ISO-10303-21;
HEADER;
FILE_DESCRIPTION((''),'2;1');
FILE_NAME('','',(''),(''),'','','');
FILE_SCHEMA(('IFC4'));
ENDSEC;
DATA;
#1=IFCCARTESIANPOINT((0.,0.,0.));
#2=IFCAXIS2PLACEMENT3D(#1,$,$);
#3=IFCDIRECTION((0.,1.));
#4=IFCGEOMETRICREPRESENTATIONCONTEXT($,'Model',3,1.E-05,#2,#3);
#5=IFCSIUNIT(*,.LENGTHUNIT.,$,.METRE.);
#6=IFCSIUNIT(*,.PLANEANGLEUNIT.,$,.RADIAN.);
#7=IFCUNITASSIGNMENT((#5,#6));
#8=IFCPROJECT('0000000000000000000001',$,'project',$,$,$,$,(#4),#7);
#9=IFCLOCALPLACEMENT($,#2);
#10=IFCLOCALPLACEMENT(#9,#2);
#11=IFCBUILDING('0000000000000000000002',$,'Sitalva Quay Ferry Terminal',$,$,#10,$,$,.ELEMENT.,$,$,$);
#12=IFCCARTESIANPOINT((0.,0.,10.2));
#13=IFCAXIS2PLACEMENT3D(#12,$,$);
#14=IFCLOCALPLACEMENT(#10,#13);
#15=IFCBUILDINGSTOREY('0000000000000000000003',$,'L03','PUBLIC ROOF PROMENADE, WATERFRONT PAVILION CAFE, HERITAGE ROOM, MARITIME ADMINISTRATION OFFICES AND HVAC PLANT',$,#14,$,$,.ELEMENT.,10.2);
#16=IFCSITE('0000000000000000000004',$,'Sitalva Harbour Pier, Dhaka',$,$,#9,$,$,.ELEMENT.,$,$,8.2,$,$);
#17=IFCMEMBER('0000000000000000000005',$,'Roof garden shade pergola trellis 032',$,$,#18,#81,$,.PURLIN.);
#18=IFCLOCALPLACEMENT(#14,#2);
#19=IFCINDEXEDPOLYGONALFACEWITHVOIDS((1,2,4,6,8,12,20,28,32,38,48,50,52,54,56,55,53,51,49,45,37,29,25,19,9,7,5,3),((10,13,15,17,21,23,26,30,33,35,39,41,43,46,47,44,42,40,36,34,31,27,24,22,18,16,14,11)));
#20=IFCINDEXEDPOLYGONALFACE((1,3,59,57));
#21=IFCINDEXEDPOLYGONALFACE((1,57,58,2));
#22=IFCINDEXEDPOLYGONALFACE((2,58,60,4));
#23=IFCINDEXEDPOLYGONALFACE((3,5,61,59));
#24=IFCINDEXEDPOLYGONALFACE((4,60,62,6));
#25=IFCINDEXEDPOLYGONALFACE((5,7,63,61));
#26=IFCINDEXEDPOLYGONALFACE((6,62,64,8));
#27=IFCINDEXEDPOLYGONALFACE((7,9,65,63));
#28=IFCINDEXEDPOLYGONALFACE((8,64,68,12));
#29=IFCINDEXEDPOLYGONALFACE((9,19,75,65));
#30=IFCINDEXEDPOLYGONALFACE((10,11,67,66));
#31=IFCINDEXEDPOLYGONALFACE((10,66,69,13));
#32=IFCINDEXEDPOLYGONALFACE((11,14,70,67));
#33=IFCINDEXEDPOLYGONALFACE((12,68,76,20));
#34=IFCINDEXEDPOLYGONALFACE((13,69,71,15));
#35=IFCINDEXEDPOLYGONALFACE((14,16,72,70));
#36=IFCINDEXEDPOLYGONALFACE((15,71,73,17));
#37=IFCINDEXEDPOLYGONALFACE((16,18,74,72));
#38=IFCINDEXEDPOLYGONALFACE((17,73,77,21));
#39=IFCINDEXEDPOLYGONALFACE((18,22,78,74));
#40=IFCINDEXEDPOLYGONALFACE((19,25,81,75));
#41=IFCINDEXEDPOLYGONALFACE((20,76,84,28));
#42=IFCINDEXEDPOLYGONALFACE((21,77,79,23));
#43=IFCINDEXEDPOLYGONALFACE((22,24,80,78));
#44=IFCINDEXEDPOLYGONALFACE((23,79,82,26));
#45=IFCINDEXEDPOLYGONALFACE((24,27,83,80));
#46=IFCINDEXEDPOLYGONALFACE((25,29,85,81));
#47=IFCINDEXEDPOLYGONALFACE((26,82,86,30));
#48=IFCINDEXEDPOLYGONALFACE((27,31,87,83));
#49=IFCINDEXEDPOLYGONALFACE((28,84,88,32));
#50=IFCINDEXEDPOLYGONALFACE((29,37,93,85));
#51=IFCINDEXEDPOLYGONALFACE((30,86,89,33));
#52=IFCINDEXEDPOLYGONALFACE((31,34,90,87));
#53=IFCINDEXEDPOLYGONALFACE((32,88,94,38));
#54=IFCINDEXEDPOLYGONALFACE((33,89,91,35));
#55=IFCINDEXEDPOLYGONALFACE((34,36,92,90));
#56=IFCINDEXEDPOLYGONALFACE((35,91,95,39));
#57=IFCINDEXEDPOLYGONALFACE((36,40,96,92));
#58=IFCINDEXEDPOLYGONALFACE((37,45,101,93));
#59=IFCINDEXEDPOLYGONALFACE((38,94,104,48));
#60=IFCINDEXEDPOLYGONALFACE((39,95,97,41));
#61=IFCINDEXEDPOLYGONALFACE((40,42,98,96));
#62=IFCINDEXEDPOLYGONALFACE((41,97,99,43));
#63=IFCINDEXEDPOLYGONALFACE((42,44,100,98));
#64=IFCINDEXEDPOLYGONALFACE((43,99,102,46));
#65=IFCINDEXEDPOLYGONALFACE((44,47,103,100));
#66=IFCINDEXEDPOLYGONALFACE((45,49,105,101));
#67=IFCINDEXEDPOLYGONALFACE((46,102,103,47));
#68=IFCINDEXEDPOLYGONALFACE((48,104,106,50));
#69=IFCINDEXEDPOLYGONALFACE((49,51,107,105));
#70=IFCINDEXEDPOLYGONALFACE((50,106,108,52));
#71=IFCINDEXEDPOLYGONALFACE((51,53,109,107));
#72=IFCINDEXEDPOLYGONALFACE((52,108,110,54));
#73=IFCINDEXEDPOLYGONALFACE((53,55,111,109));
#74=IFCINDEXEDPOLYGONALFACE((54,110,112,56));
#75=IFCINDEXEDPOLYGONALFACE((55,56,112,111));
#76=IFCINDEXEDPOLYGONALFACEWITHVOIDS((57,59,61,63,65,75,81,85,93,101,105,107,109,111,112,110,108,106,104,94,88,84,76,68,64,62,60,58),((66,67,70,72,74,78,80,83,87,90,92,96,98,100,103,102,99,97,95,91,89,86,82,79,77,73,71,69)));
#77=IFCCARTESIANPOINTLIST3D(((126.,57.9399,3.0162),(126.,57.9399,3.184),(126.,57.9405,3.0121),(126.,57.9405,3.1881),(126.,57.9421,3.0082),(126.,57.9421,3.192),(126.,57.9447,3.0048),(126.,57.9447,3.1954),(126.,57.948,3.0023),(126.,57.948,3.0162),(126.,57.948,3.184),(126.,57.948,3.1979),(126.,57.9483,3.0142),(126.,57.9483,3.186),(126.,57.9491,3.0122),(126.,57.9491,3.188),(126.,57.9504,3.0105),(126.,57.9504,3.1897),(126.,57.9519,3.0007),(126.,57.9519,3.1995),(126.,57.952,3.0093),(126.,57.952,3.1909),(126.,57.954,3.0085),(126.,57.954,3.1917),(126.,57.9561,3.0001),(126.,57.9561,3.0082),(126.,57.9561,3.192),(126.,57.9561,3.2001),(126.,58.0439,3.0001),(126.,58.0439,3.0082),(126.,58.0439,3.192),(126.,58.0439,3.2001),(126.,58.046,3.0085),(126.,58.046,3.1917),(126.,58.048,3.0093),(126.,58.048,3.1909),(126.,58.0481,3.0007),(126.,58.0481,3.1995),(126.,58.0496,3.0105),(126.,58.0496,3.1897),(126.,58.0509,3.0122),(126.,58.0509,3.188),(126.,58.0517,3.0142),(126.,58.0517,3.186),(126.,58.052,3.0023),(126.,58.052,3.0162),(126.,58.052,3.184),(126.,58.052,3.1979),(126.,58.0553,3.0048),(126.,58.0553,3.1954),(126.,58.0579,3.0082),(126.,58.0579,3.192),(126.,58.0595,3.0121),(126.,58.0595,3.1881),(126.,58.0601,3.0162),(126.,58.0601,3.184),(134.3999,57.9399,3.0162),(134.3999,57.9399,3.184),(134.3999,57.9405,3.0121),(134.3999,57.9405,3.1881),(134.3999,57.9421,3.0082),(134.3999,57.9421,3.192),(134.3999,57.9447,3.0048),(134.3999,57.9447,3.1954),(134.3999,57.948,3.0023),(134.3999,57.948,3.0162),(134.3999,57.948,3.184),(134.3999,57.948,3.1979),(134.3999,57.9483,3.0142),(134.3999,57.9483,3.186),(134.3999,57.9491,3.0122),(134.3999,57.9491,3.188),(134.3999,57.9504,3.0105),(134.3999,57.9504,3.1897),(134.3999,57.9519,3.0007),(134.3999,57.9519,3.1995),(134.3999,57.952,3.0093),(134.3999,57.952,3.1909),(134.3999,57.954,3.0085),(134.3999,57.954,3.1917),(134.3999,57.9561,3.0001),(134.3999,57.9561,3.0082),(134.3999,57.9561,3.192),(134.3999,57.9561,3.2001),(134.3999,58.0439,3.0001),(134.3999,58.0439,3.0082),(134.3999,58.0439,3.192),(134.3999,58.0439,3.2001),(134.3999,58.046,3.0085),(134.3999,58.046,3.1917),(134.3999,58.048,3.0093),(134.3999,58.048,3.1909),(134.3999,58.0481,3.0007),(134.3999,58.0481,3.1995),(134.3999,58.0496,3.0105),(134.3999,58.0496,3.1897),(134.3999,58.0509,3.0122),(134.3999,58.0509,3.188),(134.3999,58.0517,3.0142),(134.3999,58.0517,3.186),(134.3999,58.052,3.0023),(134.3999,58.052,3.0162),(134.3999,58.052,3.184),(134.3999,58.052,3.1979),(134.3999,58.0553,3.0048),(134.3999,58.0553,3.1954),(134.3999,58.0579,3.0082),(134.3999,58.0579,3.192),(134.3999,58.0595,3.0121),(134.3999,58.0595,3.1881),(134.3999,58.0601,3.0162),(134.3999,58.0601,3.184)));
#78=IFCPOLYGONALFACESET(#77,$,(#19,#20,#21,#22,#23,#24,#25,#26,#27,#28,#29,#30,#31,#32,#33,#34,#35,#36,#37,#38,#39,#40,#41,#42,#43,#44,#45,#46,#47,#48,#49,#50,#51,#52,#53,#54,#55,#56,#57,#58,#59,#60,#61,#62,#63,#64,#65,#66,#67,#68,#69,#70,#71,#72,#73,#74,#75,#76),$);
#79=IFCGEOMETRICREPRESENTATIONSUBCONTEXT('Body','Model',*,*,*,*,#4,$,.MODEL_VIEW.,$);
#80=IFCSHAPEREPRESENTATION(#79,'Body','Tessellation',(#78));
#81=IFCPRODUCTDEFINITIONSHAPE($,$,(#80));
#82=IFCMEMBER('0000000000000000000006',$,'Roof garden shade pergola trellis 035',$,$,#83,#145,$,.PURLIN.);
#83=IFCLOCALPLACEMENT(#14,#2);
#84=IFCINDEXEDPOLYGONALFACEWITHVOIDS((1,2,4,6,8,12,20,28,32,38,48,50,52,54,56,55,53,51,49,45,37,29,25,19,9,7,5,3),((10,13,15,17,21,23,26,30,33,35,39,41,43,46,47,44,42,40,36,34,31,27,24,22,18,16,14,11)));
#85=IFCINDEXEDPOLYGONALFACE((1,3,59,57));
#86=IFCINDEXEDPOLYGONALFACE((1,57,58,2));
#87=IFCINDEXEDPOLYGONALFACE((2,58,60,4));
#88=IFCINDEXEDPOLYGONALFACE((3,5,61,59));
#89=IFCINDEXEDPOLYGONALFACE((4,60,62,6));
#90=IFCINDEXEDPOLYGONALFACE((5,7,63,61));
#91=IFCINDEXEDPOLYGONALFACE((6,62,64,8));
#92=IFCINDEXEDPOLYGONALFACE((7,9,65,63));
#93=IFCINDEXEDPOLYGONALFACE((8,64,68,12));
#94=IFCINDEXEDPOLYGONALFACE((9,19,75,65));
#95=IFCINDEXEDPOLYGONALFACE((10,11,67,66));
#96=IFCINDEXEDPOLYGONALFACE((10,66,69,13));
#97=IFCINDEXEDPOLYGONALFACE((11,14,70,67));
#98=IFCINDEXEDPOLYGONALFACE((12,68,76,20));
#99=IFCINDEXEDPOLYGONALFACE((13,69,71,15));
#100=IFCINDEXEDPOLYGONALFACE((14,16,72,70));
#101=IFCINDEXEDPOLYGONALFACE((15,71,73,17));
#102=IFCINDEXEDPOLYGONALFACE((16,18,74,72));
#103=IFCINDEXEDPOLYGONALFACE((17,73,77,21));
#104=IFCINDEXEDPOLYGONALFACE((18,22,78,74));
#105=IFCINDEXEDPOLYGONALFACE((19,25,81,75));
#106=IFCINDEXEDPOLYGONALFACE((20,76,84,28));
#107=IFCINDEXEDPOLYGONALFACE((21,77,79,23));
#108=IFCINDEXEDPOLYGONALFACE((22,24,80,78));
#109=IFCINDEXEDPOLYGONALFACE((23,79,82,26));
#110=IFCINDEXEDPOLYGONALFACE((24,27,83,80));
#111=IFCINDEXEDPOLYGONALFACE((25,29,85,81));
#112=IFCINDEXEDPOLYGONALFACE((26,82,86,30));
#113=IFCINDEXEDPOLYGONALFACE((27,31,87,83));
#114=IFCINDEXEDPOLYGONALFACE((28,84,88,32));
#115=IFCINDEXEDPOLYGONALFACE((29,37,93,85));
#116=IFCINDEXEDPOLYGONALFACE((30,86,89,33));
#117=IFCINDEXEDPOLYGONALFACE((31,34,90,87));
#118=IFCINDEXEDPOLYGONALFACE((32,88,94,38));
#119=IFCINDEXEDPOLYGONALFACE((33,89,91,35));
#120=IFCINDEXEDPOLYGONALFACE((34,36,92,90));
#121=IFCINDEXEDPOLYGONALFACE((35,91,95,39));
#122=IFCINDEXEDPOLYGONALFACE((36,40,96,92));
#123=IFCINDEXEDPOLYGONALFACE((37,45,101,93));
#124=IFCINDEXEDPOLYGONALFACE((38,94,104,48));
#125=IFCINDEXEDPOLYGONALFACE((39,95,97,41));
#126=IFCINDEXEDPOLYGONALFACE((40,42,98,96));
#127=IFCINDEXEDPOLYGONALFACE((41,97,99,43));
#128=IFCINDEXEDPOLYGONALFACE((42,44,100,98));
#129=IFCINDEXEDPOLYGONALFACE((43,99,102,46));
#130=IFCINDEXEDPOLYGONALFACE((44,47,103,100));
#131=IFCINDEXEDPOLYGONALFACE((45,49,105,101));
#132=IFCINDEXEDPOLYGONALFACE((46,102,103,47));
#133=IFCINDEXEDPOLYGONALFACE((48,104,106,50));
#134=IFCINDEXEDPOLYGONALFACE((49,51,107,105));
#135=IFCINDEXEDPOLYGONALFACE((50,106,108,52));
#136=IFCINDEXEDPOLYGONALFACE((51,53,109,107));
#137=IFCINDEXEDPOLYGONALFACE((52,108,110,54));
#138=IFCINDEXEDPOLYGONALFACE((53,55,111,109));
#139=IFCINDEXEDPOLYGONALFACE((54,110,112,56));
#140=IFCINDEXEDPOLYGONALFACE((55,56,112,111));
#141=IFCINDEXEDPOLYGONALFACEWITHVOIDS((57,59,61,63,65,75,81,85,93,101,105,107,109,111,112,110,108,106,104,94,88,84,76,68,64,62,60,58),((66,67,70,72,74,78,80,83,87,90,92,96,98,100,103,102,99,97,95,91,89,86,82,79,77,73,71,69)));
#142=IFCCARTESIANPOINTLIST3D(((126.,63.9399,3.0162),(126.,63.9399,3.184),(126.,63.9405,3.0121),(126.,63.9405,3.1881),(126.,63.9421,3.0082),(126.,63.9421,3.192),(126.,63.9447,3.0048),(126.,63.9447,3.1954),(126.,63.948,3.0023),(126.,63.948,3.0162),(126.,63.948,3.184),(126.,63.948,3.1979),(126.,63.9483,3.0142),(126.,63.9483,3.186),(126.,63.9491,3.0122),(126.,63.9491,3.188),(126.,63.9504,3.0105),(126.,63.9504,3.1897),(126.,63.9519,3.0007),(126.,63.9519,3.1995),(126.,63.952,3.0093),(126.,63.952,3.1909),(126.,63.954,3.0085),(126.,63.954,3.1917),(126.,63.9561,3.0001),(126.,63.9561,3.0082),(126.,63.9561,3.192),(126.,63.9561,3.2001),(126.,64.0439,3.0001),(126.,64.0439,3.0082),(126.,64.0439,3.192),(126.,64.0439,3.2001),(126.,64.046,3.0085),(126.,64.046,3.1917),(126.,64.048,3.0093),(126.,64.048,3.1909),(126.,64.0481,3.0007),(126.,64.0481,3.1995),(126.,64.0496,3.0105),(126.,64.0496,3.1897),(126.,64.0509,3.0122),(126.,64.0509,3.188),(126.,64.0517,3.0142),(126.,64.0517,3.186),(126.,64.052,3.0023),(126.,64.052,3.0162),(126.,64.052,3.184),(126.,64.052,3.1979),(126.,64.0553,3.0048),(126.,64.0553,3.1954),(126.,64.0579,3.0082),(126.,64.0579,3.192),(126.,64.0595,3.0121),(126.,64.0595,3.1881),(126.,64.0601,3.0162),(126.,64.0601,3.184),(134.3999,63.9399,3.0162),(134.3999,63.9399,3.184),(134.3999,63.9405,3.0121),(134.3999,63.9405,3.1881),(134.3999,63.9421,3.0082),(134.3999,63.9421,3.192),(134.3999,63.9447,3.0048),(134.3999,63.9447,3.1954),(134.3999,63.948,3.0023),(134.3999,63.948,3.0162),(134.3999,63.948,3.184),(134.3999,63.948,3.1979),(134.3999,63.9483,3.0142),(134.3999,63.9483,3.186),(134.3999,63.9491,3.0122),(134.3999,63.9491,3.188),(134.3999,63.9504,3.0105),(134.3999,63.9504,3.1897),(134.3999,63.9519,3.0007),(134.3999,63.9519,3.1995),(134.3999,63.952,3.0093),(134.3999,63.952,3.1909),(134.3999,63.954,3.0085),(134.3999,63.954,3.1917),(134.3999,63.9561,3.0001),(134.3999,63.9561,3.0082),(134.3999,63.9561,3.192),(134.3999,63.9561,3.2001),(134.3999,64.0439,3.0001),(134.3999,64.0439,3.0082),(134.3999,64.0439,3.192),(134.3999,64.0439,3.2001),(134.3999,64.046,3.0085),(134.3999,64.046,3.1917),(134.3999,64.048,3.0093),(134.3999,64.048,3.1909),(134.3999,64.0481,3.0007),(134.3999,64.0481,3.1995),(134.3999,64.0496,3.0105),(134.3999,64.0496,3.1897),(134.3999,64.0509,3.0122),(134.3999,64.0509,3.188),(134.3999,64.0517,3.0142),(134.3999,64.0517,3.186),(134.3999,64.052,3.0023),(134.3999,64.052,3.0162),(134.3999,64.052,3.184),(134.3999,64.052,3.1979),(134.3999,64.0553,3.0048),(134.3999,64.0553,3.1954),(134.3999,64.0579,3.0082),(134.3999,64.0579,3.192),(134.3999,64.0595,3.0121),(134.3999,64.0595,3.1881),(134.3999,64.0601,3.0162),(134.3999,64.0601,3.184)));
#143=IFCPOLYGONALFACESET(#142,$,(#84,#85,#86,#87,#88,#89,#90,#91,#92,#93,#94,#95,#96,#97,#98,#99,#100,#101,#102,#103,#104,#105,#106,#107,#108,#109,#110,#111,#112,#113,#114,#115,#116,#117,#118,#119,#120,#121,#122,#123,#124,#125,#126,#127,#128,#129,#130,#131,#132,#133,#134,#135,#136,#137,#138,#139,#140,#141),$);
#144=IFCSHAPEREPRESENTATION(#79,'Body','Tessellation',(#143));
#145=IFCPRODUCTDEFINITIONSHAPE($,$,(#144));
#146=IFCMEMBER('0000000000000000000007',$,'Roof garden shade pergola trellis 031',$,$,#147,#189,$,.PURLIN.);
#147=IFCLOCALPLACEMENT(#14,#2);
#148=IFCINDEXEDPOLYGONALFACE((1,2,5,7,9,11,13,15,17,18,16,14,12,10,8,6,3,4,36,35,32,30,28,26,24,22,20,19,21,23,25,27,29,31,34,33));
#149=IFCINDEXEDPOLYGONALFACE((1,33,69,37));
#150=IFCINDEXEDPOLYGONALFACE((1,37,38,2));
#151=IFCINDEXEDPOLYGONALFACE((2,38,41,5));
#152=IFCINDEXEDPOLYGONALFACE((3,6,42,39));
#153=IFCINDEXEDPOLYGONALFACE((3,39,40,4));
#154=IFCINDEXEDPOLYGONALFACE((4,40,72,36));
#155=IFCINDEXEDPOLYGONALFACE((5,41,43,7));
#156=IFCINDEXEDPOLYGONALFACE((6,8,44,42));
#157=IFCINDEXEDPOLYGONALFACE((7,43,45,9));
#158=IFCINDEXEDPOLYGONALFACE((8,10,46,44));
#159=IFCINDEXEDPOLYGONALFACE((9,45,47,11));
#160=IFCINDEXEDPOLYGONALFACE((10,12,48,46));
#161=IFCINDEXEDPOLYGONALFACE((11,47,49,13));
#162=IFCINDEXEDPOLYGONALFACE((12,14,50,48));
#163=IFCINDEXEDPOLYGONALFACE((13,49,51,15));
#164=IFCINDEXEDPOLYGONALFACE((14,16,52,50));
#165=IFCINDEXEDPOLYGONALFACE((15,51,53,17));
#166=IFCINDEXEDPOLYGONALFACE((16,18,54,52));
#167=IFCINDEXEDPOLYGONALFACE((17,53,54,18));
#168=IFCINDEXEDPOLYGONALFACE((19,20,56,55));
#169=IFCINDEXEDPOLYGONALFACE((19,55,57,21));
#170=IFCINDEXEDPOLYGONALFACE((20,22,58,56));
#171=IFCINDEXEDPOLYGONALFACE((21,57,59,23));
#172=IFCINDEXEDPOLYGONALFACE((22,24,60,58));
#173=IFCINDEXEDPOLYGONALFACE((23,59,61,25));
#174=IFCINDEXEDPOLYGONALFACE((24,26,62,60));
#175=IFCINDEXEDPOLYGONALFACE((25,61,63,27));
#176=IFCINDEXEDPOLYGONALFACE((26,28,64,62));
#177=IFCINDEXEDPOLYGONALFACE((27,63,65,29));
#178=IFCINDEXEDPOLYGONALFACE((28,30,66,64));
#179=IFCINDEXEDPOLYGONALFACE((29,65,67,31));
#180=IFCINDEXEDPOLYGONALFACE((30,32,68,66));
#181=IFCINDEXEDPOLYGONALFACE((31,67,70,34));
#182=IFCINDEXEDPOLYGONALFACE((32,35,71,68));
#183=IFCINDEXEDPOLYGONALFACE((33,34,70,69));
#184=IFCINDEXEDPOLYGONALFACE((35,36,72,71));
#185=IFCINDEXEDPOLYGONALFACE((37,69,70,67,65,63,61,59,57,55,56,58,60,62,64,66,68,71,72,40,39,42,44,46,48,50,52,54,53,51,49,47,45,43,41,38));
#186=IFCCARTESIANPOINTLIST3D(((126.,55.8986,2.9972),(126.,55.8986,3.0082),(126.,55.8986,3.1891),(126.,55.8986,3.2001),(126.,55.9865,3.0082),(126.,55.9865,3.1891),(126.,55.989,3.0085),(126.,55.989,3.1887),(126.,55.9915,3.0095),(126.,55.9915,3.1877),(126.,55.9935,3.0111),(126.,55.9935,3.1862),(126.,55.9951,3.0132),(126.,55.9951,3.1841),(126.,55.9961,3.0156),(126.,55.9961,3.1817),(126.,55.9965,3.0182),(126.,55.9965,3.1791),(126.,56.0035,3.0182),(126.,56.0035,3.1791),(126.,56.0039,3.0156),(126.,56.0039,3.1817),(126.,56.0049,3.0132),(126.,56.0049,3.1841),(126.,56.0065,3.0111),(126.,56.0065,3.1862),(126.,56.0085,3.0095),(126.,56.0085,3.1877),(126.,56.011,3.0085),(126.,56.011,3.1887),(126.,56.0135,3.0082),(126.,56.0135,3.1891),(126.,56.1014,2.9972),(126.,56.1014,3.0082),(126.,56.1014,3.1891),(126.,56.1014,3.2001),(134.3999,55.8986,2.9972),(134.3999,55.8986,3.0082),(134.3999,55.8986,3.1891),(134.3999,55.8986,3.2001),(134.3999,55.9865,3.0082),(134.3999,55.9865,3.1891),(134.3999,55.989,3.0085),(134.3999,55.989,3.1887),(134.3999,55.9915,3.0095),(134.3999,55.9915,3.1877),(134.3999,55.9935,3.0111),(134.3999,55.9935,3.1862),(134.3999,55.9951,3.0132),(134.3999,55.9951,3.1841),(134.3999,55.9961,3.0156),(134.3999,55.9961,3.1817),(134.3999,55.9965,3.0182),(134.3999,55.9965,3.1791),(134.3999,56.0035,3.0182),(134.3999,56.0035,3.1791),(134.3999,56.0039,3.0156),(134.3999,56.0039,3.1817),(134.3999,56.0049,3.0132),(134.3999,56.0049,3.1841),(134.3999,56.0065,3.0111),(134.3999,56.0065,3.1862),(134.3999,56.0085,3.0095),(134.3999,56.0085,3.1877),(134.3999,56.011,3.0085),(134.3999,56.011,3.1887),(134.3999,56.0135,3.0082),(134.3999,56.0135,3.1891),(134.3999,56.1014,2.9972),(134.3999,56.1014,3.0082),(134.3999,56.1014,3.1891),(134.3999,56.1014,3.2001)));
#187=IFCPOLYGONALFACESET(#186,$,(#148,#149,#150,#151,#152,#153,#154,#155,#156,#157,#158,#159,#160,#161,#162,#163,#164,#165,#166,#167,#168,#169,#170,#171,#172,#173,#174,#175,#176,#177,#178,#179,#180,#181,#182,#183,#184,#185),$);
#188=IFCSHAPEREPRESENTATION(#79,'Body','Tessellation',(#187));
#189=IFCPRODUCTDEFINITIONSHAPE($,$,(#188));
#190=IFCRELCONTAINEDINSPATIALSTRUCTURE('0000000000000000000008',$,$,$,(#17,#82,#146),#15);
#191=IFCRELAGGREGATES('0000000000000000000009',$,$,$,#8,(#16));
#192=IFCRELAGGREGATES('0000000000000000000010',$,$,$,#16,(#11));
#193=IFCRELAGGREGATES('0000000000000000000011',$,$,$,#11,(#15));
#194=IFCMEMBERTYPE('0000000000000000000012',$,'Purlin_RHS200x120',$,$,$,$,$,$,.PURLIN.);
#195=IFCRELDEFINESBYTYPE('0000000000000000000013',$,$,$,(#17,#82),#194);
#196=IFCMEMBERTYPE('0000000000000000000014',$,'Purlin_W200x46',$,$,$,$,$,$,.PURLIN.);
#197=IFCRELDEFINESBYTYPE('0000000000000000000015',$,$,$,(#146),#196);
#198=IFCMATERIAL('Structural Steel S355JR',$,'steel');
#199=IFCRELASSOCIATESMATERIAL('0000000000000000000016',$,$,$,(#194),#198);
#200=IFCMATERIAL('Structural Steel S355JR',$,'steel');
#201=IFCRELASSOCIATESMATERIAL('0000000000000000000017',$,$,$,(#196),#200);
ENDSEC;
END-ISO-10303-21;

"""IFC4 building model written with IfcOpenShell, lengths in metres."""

from ifc_helpers import new_model, si_unit, direction, frame, origin, origin_2d, place, context, subcontext, project, spatial, hollow_rectangle, i_section, extrude, material, material_profile, profile_set, type_object, element, save


model = new_model("IFC4")

# Units and contexts
model_context = context("Model", 3, precision=1e-05, world=origin(), true_north=direction((0.0, 1.0)))
body_context = subcontext(model_context, "Body", "Model", "MODEL_VIEW")
ifc_project = project(units=[si_unit("LENGTHUNIT", "METRE"), si_unit("PLANEANGLEUNIT", "RADIAN")], contexts=[model_context])

# Site, building, storey
site_placement = place(None, origin())
site = spatial("IfcSite", under=ifc_project, at=site_placement, Name="Sitalva Harbour Pier, Dhaka", CompositionType="ELEMENT", RefElevation=8.2)
building_placement = place(site_placement, origin())
building = spatial("IfcBuilding", under=site, at=building_placement, Name="Sitalva Quay Ferry Terminal", CompositionType="ELEMENT")
storey_placement = place(building_placement, frame((0.0, 0.0, 10.2)))
storey = spatial("IfcBuildingStorey", under=building, at=storey_placement, Name="L03", Description="PUBLIC ROOF PROMENADE, WATERFRONT PAVILION CAFE, HERITAGE ROOM, MARITIME ADMINISTRATION OFFICES AND HVAC PLANT", CompositionType="ELEMENT", Elevation=10.2)

# Members
ifc_material_1 = material(Name="Structural Steel S355JR", Category="steel")
ifc_material_profile_1 = material_profile(ifc_material_1, hollow_rectangle(XDim=0.1201, YDim=0.2, WallThickness=0.0081, InnerFilletRadius=0.0081, OuterFilletRadius=0.0161, at=origin_2d()), Name="RHS200x120x8")
ifc_profile_set_1 = profile_set([ifc_material_profile_1], Name="Structural Steel S355JR")
member_type_1 = type_object("IfcMemberType", Name="Purlin_RHS200x120", PredefinedType="PURLIN", material=ifc_profile_set_1)
for number, where, z_axis, x_axis, name in (
    (1, (126.0, 58.0, 3.1001), (1.0, 0.0, 0.0), (0.0, 1.0, 0.0), "Roof garden shade pergola trellis 032"),
    (2, (126.0, 64.0, 3.1001), (1.0, 0.0, 0.0), (0.0, 1.0, 0.0), "Roof garden shade pergola trellis 035"),
):
    element("IfcMember", number, at=place(storey_placement, frame(where, z_axis=z_axis, x_axis=x_axis)), inside=storey, type_object=member_type_1, Name=name, PredefinedType="PURLIN", context=body_context, shape_type="SweptSolid", body=[
        extrude(hollow_rectangle(XDim=0.1201, YDim=0.2, WallThickness=0.0081, InnerFilletRadius=0.0081, OuterFilletRadius=0.0161, at=origin_2d()), origin(), (0.0, 0.0, 1.0), 8.3999),
    ])
ifc_material_2 = material(Name="Structural Steel S355JR", Category="steel")
ifc_material_profile_2 = material_profile(ifc_material_2, i_section(OverallWidth=0.2029, OverallDepth=0.2029, WebThickness=0.0071, FlangeThickness=0.011, FilletRadius=0.01, at=origin_2d()), Name="W200x46")
ifc_profile_set_2 = profile_set([ifc_material_profile_2], Name="Structural Steel S355JR")
member_type_2 = type_object("IfcMemberType", Name="Purlin_W200x46", PredefinedType="PURLIN", material=ifc_profile_set_2)
for number, where, z_axis, x_axis, name in (
    (3, (126.0, 56.0, 3.0986), (1.0, 0.0, 0.0), (0.0, 1.0, 0.0), "Roof garden shade pergola trellis 031"),
):
    element("IfcMember", number, at=place(storey_placement, frame(where, z_axis=z_axis, x_axis=x_axis)), inside=storey, type_object=member_type_2, Name=name, PredefinedType="PURLIN", context=body_context, shape_type="SweptSolid", body=[
        extrude(i_section(OverallWidth=0.2029, OverallDepth=0.2029, WebThickness=0.0071, FlangeThickness=0.011, FilletRadius=0.01, at=origin_2d()), origin(), (0.0, 0.0, 1.0), 8.3999),
    ])

save(model, "model.ifc")
